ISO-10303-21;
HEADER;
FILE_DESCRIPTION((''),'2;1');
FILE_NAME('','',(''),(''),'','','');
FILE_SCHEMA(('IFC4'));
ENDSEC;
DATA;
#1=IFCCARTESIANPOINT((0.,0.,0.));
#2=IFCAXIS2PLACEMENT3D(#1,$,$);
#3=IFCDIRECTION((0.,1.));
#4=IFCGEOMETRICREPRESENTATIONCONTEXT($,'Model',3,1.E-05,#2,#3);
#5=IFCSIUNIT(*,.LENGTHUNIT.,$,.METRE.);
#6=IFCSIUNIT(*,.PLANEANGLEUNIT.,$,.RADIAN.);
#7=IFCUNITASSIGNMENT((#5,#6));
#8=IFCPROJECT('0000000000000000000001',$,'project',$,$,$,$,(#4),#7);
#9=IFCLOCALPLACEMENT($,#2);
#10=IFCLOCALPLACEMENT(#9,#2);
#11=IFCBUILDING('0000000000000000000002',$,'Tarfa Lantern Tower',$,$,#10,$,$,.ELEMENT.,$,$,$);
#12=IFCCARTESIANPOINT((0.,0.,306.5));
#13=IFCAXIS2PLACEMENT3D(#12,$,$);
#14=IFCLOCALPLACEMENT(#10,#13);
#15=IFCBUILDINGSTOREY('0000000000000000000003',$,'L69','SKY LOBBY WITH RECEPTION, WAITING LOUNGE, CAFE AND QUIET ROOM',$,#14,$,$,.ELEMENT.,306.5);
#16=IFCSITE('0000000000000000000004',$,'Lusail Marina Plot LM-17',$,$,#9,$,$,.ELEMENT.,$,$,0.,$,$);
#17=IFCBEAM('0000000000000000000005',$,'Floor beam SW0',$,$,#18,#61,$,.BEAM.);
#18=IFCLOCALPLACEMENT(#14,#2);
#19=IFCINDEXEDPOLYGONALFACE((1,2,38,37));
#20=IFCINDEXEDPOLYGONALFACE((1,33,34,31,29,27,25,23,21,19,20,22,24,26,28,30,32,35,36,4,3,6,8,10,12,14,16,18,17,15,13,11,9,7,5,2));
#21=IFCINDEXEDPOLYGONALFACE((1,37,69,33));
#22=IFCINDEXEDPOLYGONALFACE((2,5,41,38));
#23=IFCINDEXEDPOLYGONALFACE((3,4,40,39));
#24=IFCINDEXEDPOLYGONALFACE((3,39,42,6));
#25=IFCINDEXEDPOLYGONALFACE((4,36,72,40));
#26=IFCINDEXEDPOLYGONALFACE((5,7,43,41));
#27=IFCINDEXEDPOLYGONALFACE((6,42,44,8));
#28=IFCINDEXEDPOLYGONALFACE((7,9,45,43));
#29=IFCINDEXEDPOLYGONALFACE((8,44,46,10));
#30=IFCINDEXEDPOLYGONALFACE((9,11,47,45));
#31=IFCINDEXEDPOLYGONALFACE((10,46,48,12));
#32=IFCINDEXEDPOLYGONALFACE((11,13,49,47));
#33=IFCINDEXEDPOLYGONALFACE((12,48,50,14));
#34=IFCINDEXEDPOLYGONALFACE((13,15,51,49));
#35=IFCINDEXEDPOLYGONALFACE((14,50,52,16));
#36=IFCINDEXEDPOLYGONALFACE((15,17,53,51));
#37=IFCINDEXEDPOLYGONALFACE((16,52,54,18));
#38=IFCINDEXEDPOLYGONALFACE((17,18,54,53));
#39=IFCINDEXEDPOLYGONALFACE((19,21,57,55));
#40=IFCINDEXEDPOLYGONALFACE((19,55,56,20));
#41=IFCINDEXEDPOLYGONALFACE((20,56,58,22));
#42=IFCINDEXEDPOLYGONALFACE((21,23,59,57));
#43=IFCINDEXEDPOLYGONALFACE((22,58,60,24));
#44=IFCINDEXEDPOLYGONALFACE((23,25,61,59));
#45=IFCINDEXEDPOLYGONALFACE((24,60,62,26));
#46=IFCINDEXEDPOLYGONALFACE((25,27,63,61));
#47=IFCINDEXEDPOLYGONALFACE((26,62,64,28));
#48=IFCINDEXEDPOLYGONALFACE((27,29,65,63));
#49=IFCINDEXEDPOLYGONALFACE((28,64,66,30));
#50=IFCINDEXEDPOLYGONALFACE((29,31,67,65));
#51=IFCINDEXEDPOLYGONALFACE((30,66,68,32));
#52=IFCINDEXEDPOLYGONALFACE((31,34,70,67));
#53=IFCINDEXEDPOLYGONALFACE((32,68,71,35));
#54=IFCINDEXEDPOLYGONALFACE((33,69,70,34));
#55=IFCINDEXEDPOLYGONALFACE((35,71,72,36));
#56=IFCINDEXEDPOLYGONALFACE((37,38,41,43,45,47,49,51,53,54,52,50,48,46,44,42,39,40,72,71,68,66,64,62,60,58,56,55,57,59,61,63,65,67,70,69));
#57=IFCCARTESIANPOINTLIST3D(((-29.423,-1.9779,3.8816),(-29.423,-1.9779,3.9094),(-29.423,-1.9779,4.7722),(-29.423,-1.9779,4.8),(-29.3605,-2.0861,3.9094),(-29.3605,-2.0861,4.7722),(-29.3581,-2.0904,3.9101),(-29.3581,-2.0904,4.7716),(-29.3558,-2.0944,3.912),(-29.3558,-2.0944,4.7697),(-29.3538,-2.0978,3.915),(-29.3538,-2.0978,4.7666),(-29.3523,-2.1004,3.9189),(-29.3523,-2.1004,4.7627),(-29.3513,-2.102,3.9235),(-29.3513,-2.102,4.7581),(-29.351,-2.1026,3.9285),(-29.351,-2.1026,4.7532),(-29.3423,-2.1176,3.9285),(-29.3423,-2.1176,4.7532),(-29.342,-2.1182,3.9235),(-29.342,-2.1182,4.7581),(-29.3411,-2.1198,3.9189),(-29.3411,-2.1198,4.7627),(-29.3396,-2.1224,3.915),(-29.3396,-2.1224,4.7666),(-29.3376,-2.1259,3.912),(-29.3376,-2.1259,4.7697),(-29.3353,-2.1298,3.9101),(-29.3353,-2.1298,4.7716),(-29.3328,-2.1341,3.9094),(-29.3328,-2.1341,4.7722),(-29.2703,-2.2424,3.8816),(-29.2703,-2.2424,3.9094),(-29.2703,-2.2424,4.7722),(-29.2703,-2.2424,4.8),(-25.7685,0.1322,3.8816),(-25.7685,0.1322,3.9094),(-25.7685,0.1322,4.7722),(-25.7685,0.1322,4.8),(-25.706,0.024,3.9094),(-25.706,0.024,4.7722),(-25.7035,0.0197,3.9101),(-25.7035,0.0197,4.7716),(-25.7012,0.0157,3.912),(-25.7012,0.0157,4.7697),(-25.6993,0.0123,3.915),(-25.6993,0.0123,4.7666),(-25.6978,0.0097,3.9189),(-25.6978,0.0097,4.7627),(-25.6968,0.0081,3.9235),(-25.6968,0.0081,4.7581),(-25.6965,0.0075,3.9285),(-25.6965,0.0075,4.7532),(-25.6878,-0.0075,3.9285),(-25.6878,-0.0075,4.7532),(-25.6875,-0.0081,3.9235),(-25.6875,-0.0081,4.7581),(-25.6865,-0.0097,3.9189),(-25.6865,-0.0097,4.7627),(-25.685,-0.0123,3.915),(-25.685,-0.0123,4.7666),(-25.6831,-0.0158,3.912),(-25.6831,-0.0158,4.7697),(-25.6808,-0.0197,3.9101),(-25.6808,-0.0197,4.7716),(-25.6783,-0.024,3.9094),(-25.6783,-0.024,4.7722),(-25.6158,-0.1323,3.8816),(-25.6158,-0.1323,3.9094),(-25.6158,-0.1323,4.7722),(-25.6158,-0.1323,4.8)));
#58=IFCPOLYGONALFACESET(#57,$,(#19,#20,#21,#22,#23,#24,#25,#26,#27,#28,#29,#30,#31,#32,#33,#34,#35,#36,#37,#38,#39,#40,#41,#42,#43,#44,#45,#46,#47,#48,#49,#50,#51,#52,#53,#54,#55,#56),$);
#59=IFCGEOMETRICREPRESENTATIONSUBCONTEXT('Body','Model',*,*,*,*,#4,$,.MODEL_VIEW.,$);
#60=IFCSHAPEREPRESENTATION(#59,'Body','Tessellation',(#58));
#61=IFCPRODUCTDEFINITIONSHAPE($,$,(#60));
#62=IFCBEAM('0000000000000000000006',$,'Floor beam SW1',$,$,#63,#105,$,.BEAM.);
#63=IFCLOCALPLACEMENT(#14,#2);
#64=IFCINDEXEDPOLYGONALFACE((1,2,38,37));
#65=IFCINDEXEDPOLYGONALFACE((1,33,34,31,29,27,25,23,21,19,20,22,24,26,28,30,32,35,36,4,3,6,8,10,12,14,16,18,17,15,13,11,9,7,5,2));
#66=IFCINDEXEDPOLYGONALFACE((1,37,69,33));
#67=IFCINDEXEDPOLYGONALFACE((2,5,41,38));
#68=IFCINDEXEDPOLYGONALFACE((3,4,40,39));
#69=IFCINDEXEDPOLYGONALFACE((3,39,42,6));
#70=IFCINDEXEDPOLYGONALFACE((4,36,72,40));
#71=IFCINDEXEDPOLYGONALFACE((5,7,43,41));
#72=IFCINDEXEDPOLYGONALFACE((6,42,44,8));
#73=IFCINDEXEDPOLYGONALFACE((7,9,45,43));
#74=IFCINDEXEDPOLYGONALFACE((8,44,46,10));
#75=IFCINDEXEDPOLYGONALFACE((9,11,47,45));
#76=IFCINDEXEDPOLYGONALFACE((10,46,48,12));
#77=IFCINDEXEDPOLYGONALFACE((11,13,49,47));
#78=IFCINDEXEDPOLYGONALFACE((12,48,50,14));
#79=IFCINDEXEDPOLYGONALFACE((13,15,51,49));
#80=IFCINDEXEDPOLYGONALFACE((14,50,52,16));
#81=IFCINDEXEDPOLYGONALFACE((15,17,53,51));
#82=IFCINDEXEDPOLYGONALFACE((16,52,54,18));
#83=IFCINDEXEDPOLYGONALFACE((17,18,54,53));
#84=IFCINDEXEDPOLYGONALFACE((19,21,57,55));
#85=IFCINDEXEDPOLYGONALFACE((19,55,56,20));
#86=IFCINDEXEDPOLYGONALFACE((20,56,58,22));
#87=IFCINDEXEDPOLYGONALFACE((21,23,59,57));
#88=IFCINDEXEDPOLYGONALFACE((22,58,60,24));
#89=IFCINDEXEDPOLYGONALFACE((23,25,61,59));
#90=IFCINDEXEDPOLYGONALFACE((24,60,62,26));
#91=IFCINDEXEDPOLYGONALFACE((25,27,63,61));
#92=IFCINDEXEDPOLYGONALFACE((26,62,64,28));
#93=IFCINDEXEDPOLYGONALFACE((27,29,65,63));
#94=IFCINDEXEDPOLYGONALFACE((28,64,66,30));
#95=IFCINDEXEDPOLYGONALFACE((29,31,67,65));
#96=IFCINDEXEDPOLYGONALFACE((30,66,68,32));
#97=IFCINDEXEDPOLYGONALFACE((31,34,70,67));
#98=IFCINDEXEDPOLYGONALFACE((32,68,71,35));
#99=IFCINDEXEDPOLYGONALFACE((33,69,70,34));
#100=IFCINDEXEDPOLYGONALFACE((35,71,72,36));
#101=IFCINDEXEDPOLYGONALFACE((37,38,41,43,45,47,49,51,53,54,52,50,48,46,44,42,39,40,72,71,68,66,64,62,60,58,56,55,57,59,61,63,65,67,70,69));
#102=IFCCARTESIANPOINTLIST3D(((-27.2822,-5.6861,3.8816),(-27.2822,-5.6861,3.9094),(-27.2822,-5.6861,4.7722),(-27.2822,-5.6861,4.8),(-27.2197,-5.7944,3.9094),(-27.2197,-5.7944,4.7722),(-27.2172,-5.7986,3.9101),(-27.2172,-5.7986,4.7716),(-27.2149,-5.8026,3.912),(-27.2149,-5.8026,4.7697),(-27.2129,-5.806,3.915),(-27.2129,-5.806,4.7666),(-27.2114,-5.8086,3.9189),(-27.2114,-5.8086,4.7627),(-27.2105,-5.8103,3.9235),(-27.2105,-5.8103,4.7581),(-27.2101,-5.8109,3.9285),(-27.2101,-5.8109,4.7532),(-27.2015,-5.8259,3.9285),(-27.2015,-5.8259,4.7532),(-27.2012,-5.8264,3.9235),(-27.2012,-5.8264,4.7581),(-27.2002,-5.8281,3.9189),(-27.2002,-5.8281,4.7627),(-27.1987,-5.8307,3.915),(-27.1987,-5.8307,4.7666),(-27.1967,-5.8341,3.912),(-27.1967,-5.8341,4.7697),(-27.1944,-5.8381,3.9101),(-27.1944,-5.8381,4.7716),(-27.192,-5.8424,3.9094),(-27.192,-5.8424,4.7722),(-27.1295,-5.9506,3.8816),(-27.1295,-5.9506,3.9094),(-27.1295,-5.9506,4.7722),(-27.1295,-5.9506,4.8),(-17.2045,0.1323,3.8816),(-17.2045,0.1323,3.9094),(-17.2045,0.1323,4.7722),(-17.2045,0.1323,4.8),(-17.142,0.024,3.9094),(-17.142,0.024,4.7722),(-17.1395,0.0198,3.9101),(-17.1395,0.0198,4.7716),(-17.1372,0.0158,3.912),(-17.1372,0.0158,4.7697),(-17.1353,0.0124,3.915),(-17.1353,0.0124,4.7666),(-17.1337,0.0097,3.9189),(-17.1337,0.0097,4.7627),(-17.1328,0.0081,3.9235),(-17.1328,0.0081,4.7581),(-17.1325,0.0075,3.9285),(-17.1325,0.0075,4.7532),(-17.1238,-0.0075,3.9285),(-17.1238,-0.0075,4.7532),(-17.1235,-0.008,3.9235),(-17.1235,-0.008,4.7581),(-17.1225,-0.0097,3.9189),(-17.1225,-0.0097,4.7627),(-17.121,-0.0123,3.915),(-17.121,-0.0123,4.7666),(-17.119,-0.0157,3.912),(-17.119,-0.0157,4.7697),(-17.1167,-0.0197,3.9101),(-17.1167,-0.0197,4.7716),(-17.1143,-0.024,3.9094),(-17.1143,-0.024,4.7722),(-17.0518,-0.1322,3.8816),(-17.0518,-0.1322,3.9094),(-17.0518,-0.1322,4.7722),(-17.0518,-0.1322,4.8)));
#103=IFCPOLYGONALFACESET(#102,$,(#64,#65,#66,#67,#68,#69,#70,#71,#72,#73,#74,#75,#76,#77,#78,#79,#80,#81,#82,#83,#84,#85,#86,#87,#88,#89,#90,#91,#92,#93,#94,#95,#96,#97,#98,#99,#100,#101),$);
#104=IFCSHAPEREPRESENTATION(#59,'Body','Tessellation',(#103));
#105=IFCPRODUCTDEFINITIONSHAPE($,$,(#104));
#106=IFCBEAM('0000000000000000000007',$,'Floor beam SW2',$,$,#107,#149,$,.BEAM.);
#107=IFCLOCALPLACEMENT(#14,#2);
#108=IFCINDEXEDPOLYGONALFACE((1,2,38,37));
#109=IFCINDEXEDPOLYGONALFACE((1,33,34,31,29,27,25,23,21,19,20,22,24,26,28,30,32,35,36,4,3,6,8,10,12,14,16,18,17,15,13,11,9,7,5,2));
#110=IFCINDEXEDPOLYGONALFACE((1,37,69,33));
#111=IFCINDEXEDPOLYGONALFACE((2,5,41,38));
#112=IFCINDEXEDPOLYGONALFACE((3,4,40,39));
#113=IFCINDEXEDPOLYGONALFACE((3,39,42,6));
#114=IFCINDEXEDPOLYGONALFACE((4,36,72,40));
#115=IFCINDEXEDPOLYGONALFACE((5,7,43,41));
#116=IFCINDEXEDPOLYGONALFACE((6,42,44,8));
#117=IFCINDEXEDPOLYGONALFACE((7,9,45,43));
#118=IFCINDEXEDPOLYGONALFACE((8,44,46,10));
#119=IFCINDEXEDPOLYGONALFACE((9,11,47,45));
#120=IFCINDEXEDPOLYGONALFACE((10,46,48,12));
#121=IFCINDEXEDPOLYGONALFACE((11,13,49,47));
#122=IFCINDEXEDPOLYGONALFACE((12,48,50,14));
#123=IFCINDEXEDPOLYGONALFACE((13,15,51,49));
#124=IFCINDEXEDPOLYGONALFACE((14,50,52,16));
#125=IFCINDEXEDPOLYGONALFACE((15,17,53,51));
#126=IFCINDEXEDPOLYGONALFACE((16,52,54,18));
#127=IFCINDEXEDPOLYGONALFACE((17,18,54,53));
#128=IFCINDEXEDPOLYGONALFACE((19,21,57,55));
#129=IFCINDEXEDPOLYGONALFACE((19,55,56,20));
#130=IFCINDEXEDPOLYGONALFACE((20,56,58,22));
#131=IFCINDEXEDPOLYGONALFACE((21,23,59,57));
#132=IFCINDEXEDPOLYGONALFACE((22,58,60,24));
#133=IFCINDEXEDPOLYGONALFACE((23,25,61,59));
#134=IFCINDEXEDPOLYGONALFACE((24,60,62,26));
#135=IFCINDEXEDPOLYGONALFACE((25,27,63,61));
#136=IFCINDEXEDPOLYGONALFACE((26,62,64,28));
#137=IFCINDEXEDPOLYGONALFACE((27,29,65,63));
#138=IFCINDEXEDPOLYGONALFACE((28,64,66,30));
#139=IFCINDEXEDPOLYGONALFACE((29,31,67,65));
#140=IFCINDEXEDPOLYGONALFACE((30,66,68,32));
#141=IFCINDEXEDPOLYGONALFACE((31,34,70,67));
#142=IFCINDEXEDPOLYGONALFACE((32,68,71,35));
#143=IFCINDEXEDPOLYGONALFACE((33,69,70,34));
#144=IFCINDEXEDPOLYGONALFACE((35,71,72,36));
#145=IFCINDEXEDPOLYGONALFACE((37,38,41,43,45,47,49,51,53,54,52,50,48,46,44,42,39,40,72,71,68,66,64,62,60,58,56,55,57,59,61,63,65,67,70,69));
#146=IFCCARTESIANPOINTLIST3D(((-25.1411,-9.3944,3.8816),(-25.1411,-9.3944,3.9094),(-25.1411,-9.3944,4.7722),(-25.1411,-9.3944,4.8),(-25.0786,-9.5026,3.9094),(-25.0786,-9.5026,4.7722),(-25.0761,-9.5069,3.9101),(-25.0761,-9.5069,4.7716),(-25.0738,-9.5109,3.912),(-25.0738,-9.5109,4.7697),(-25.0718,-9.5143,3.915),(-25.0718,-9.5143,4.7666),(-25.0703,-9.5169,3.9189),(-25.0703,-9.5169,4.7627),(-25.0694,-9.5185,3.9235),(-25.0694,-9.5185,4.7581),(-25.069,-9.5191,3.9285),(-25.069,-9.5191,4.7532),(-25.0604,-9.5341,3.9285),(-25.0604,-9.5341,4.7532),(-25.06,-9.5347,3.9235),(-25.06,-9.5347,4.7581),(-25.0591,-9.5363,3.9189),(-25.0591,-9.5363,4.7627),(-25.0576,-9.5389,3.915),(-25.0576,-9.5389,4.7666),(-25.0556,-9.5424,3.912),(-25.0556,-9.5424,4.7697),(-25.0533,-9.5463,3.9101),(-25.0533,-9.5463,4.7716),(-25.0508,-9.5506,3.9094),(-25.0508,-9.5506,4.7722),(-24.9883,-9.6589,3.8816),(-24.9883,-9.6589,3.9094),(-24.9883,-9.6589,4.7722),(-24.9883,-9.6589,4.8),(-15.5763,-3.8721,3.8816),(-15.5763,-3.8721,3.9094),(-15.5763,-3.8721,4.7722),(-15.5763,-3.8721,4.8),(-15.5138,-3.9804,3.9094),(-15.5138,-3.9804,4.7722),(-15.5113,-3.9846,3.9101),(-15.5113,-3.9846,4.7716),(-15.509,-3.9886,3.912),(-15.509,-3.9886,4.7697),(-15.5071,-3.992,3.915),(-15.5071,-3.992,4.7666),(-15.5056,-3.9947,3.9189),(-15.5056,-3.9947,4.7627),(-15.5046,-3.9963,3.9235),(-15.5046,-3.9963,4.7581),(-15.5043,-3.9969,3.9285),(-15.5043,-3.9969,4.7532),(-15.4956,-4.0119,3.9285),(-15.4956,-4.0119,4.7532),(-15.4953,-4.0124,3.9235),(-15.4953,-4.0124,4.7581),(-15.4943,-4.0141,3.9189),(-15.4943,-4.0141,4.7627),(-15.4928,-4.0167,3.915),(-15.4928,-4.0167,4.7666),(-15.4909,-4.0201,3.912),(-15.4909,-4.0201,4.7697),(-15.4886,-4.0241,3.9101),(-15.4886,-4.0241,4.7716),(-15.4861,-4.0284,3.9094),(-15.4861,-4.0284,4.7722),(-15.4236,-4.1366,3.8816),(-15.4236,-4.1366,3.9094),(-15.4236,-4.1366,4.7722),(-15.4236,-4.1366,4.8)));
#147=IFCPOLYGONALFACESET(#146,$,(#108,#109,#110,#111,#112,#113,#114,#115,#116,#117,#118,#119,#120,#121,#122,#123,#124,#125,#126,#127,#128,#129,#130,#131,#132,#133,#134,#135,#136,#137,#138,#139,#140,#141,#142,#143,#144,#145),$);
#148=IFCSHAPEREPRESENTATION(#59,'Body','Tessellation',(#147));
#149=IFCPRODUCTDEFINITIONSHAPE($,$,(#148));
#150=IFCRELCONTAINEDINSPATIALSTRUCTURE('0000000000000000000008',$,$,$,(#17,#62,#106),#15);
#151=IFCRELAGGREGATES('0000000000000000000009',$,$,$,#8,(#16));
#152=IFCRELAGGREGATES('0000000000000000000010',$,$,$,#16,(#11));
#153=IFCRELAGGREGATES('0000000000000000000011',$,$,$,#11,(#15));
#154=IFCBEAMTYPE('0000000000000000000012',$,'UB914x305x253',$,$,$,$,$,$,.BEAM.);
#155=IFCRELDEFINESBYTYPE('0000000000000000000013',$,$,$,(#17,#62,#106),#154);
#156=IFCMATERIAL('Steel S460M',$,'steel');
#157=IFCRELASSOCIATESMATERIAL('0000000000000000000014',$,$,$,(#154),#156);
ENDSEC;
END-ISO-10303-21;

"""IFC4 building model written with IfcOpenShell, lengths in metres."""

from ifc_helpers import new_model, si_unit, direction, frame, origin, origin_2d, place, context, subcontext, project, spatial, i_section, extrude, material, material_profile, profile_set, type_object, element, save


model = new_model("IFC4")

# Units and contexts
model_context = context("Model", 3, precision=1e-05, world=origin(), true_north=direction((0.0, 1.0)))
body_context = subcontext(model_context, "Body", "Model", "MODEL_VIEW")
ifc_project = project(units=[si_unit("LENGTHUNIT", "METRE"), si_unit("PLANEANGLEUNIT", "RADIAN")], contexts=[model_context])

# Site, building, storey
site_placement = place(None, origin())
site = spatial("IfcSite", under=ifc_project, at=site_placement, Name="Lusail Marina Plot LM-17", CompositionType="ELEMENT", RefElevation=0.0)
building_placement = place(site_placement, origin())
building = spatial("IfcBuilding", under=site, at=building_placement, Name="Tarfa Lantern Tower", CompositionType="ELEMENT")
storey_placement = place(building_placement, frame((0.0, 0.0, 306.5)))
storey = spatial("IfcBuildingStorey", under=building, at=storey_placement, Name="L69", Description="SKY LOBBY WITH RECEPTION, WAITING LOUNGE, CAFE AND QUIET ROOM", CompositionType="ELEMENT", Elevation=306.5)

# Shared definitions
ifc_material_1 = material(Name="Steel S460M", Category="steel")

# Beams
ifc_material_profile_1 = material_profile(ifc_material_1, i_section(OverallWidth=0.3054, OverallDepth=0.9185, WebThickness=0.0173, FlangeThickness=0.0278, FilletRadius=0.019, at=origin_2d()), Name="UB914x305x253")
ifc_profile_set_1 = profile_set([ifc_material_profile_1], Name="Steel S460M")
beam_type_1 = type_object("IfcBeamType", Name="UB914x305x253", PredefinedType="BEAM", material=ifc_profile_set_1)
beam_1_placement = place(storey_placement, frame((-29.3467, -2.1101, 4.3408), z_axis=(0.866009, 0.500028, 0.0), x_axis=(-0.500028, 0.866009, 0.0)))
element("IfcBeam", 1, at=beam_1_placement, inside=storey, type_object=beam_type_1, Name="Floor beam SW0", PredefinedType="BEAM", context=body_context, shape_type="SweptSolid", body=[
    extrude(i_section(OverallWidth=0.3054, OverallDepth=0.9185, WebThickness=0.0173, FlangeThickness=0.0278, FilletRadius=0.019, at=origin_2d()), origin(), (0.0, 0.0, 1.0), 4.22),
])
beam_2_placement = place(storey_placement, frame((-27.2058, -5.8184, 4.3408), z_axis=(0.866024, 0.500002, 0.0), x_axis=(-0.500002, 0.866024, 0.0)))
element("IfcBeam", 2, at=beam_2_placement, inside=storey, type_object=beam_type_1, Name="Floor beam SW1", PredefinedType="BEAM", context=body_context, shape_type="SweptSolid", body=[
    extrude(i_section(OverallWidth=0.3054, OverallDepth=0.9185, WebThickness=0.0173, FlangeThickness=0.0278, FilletRadius=0.019, at=origin_2d()), origin(), (0.0, 0.0, 1.0), 11.6367),
])
beam_3_placement = place(storey_placement, frame((-25.0647, -9.5266, 4.3408), z_axis=(0.866024, 0.500002, 0.0), x_axis=(-0.500002, 0.866024, 0.0)))
element("IfcBeam", 3, at=beam_3_placement, inside=storey, type_object=beam_type_1, Name="Floor beam SW2", PredefinedType="BEAM", context=body_context, shape_type="SweptSolid", body=[
    extrude(i_section(OverallWidth=0.3054, OverallDepth=0.9185, WebThickness=0.0173, FlangeThickness=0.0278, FilletRadius=0.019, at=origin_2d()), origin(), (0.0, 0.0, 1.0), 11.0444),
])

save(model, "model.ifc")
